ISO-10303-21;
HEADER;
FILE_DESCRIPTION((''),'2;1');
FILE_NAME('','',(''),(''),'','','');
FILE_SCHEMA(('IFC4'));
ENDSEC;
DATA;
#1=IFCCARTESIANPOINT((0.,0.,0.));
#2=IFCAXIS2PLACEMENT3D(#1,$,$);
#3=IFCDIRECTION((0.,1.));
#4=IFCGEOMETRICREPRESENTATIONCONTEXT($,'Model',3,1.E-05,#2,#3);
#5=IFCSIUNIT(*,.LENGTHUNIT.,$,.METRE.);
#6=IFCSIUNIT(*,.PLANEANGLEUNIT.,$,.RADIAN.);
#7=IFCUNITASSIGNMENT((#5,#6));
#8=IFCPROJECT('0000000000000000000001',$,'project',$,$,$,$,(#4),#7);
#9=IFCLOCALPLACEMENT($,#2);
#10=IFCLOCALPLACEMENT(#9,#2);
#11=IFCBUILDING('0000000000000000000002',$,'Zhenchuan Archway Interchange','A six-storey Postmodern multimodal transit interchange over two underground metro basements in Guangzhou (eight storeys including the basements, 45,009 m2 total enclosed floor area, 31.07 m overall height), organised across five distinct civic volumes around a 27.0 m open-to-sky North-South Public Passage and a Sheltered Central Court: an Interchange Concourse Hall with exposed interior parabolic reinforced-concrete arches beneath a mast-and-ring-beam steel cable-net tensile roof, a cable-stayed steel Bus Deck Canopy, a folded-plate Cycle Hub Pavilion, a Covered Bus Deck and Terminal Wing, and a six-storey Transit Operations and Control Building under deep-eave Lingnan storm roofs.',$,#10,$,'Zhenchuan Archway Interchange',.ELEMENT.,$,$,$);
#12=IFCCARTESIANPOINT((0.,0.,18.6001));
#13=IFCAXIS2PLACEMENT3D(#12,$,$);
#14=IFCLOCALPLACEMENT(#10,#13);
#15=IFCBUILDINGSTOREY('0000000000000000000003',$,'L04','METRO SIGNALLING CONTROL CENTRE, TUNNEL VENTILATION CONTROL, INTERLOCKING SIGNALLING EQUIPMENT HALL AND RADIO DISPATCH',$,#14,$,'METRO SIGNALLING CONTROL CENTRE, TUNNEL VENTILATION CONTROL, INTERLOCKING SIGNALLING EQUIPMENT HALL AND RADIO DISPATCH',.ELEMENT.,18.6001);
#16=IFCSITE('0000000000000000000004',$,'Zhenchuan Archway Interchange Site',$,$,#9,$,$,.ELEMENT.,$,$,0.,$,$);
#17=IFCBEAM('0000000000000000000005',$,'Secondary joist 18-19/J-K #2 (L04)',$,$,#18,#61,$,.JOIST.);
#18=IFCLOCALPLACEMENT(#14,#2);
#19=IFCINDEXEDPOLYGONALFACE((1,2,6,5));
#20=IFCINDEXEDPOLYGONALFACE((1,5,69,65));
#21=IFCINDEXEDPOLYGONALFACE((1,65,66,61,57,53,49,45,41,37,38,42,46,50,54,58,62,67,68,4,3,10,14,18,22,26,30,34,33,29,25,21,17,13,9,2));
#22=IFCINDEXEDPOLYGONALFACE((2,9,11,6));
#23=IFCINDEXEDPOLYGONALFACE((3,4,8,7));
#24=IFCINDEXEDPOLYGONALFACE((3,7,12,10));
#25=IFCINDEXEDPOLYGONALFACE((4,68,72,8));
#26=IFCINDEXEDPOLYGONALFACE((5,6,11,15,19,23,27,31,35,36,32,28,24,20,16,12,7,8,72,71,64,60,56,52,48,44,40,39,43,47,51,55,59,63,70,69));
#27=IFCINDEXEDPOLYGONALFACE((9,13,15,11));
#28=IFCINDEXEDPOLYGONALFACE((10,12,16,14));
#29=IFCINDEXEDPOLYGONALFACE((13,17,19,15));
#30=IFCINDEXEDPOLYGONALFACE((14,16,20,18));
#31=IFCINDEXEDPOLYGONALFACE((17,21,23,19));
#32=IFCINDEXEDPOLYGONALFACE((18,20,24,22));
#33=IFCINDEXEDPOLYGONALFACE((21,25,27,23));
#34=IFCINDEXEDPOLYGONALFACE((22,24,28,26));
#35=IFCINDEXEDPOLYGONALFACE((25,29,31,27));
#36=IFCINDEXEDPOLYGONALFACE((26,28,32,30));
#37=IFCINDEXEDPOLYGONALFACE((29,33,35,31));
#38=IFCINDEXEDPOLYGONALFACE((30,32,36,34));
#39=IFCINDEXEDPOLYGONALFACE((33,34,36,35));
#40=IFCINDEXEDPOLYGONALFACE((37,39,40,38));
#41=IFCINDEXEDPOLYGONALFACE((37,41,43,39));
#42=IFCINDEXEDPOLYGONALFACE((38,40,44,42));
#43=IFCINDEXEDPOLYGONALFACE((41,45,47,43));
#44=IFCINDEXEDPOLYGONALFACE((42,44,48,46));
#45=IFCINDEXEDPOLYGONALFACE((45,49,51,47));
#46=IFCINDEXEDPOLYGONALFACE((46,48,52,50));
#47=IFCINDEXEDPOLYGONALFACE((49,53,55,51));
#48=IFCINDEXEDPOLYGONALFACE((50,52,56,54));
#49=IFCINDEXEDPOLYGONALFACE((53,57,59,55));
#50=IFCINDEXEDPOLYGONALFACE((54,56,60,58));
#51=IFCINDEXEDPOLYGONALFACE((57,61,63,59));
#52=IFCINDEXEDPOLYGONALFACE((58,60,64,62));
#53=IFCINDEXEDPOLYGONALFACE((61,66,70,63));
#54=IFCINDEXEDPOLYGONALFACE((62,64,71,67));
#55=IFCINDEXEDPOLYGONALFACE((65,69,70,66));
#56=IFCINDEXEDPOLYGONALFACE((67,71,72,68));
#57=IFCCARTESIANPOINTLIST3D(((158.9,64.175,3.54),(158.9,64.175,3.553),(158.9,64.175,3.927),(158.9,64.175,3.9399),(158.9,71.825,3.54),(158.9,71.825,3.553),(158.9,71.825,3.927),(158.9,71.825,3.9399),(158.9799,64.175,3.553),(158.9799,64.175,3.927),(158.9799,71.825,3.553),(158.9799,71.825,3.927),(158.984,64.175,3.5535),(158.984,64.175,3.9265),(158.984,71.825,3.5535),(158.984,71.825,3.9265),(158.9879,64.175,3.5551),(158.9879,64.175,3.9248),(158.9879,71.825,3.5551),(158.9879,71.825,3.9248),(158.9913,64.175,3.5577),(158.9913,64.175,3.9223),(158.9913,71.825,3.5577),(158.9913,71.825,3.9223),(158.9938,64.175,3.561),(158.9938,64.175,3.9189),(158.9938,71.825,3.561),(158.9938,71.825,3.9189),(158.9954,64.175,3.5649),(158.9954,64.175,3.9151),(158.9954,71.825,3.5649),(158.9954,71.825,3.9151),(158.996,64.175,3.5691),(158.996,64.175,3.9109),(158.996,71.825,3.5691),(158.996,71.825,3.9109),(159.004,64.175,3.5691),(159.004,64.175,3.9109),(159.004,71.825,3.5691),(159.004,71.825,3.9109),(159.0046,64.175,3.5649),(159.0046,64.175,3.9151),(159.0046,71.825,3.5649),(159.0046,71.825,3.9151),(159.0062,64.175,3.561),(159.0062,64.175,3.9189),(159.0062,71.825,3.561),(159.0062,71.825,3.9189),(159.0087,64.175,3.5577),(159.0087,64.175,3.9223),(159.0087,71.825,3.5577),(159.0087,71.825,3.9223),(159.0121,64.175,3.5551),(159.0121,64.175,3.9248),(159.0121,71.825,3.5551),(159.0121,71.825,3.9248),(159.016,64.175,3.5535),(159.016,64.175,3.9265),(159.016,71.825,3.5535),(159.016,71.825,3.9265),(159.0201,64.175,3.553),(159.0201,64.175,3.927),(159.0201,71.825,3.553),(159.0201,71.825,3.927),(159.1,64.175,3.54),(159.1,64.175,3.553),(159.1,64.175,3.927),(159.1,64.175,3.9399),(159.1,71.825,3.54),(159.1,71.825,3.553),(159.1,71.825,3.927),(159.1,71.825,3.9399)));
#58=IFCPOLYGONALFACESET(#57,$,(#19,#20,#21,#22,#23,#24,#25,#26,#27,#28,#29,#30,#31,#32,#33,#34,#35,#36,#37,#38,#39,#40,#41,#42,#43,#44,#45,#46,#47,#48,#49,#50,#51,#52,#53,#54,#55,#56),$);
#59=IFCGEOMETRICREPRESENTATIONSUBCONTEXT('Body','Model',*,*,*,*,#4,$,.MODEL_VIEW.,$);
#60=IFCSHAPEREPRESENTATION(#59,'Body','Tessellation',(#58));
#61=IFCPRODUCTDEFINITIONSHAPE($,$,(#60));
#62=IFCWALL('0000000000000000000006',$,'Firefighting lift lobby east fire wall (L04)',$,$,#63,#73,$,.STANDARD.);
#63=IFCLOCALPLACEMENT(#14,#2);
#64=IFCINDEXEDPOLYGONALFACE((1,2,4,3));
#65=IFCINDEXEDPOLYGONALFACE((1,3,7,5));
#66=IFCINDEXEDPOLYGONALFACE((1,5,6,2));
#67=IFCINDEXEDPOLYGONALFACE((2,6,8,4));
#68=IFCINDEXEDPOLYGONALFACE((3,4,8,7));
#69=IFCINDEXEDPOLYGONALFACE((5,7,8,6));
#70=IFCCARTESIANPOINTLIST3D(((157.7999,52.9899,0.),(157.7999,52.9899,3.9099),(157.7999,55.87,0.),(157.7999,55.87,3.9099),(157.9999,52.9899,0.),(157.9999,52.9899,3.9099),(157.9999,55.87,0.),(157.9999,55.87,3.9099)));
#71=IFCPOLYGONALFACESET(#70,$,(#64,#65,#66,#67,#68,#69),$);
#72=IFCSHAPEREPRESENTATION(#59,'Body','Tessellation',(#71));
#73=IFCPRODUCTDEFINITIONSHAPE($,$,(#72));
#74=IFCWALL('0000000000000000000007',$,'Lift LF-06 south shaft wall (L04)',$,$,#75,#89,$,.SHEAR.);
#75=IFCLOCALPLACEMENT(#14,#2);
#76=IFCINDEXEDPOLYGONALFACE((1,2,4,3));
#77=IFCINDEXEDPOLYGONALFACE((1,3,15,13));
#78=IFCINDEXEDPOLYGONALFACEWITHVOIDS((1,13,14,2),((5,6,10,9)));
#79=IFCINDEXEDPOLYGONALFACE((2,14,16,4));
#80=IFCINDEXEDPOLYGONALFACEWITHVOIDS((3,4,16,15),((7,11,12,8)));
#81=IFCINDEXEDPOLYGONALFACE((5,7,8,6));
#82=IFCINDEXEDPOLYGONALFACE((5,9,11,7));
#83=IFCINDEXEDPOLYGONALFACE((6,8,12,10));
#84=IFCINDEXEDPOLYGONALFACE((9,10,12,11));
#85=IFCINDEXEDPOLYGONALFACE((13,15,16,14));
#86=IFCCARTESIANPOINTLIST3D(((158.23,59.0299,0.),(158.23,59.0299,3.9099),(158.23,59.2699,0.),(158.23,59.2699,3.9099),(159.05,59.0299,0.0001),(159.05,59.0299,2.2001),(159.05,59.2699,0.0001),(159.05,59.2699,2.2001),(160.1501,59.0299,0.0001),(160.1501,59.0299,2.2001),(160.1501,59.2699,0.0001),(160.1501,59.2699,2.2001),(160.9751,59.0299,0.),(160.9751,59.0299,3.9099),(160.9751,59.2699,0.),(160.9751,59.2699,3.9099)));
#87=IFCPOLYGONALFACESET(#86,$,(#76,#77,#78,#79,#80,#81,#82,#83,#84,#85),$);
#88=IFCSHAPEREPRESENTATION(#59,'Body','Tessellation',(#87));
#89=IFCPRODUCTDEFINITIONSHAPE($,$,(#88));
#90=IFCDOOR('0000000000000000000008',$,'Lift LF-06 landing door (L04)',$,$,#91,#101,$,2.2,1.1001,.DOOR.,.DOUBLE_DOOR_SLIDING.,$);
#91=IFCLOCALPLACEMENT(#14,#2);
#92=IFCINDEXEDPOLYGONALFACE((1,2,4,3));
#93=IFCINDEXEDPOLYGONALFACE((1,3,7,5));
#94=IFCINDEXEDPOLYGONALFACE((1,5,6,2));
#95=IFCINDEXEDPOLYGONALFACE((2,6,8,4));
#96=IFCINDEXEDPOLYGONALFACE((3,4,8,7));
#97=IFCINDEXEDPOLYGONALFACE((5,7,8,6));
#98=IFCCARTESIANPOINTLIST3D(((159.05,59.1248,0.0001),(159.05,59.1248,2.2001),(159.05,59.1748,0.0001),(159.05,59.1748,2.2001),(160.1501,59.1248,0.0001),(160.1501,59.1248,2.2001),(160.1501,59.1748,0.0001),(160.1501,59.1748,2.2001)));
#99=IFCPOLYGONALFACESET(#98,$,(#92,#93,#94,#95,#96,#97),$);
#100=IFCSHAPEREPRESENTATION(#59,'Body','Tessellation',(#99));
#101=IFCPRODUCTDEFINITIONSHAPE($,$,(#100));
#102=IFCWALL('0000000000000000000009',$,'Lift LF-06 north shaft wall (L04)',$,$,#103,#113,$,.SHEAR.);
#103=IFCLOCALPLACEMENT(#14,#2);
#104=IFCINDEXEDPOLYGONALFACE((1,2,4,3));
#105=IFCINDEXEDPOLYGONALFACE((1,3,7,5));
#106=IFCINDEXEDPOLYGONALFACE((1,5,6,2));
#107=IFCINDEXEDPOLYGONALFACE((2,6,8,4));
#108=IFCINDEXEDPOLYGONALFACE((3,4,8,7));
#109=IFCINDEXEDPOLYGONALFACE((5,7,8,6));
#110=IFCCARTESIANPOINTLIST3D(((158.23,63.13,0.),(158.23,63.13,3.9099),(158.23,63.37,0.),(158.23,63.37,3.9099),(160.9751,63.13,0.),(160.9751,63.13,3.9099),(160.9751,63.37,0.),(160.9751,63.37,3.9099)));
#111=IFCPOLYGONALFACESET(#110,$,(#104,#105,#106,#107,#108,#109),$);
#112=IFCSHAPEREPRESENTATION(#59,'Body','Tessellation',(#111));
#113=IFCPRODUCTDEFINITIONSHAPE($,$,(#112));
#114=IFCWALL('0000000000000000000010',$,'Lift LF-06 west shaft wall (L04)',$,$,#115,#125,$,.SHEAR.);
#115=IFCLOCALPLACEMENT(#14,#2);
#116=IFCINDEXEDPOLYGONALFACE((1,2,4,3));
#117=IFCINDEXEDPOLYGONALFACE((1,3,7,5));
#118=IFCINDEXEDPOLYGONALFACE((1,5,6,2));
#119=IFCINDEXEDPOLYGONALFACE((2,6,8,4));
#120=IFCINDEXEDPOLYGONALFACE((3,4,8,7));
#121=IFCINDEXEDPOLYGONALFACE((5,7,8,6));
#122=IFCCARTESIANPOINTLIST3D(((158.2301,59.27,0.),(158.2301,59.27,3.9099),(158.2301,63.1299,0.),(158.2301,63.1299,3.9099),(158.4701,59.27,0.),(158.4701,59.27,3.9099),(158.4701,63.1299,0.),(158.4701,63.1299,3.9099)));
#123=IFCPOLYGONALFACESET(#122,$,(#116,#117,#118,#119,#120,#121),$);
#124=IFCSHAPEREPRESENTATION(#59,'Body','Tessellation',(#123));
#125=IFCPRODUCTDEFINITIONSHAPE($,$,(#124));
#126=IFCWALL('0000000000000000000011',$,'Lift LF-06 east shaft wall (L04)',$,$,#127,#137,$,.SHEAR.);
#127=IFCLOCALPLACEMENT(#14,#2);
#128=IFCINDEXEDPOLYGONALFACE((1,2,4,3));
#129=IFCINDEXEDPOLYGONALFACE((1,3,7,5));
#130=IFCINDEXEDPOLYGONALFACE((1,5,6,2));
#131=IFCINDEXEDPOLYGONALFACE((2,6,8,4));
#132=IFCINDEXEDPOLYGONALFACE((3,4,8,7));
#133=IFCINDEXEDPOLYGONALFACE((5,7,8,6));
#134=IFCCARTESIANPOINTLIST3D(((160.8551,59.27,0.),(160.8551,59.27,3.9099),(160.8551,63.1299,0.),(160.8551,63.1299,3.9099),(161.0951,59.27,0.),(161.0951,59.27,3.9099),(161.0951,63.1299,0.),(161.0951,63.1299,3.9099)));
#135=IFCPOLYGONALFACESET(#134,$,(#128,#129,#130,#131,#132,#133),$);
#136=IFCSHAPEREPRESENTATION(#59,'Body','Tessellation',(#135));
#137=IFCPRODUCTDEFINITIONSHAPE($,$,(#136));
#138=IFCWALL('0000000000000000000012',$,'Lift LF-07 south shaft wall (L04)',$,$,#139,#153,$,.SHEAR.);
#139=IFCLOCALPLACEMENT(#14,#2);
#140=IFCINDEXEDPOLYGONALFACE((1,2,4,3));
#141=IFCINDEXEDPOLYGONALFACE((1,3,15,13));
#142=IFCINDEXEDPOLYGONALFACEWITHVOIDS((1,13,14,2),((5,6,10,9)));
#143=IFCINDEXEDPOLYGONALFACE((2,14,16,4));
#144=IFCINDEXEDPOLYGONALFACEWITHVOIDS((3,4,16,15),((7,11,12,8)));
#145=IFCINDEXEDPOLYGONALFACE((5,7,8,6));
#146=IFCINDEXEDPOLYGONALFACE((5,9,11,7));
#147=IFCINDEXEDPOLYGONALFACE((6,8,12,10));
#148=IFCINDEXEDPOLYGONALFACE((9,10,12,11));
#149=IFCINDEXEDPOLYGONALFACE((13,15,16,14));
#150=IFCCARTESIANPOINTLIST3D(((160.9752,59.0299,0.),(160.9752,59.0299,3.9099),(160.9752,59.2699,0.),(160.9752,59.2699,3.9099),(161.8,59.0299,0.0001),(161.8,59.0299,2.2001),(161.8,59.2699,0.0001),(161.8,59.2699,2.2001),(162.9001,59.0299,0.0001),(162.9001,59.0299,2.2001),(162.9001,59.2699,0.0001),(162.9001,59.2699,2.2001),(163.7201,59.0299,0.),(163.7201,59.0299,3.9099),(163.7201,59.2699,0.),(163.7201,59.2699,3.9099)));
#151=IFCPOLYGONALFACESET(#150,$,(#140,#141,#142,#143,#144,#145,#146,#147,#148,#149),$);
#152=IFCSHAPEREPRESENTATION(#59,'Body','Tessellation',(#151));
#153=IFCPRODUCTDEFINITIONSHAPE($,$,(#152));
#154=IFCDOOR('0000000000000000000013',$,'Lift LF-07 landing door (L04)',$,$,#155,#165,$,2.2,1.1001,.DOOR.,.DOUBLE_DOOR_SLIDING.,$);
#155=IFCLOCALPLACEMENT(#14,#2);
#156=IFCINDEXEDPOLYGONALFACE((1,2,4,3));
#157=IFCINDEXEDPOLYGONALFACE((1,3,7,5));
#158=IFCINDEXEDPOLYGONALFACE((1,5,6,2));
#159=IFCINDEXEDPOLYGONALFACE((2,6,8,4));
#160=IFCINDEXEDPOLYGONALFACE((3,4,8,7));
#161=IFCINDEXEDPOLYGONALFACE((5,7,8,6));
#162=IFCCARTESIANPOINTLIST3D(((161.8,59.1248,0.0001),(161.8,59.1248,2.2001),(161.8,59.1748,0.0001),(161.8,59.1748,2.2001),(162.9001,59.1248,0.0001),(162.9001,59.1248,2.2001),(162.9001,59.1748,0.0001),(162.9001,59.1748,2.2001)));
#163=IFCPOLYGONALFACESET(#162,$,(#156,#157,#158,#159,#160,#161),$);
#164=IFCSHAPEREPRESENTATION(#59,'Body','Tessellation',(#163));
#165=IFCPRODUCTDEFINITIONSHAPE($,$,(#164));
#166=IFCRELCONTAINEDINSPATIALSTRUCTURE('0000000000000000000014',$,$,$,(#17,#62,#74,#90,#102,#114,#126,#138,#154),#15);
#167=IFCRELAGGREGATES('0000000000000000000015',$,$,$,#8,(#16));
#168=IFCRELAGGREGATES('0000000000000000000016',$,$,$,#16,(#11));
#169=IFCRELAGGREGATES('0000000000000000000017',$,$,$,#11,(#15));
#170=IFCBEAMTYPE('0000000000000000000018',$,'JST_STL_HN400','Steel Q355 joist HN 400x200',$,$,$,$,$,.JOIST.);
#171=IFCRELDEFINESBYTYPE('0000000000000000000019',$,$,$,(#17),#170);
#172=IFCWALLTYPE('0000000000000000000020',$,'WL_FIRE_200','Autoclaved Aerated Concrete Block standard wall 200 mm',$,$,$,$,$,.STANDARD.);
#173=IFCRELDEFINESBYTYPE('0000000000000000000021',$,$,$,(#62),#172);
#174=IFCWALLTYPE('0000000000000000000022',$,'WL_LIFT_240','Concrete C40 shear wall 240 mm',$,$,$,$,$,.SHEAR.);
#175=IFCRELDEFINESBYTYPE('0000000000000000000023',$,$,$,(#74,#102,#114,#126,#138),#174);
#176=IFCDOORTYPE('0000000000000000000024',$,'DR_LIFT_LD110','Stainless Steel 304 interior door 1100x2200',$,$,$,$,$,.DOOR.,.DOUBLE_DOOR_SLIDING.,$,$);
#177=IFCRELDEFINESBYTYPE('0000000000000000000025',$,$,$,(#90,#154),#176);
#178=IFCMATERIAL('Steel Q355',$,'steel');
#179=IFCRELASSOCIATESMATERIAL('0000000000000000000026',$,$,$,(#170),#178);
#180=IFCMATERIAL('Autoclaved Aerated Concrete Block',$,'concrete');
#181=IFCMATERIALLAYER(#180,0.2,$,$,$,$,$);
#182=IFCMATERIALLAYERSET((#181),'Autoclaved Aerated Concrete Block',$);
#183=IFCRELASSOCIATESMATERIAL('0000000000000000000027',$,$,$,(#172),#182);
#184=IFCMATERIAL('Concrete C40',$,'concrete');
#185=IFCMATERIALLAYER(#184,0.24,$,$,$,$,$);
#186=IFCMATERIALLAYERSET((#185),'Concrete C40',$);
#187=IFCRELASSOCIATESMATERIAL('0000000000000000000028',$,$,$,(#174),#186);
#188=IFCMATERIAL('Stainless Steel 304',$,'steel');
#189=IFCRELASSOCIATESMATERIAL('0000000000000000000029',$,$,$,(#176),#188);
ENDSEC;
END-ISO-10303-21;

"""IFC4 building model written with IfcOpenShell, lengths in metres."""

from ifc_helpers import new_model, si_unit, direction, frame, frame_2d, origin, origin_2d, place, context, subcontext, project, spatial, rectangle, i_section, extrude, material, layer, layer_set, material_profile, profile_set, type_object, element, fill, save


model = new_model("IFC4")

# Units and contexts
model_context = context("Model", 3, precision=1e-05, world=origin(), true_north=direction((0.0, 1.0)))
body_context = subcontext(model_context, "Body", "Model", "MODEL_VIEW")
ifc_project = project(units=[si_unit("LENGTHUNIT", "METRE"), si_unit("PLANEANGLEUNIT", "RADIAN")], contexts=[model_context])

# Site, building, storey
site_placement = place(None, origin())
site = spatial("IfcSite", under=ifc_project, at=site_placement, Name="Zhenchuan Archway Interchange Site", CompositionType="ELEMENT", RefElevation=0.0)
building_placement = place(site_placement, origin())
building = spatial("IfcBuilding", under=site, at=building_placement, Name="Zhenchuan Archway Interchange", Description="A six-storey Postmodern multimodal transit interchange over two underground metro basements in Guangzhou (eight storeys including the basements, 45,009 m2 total enclosed floor area, 31.07 m overall height), organised across five distinct civic volumes around a 27.0 m open-to-sky North-South Public Passage and a Sheltered Central Court: an Interchange Concourse Hall with exposed interior parabolic reinforced-concrete arches beneath a mast-and-ring-beam steel cable-net tensile roof, a cable-stayed steel Bus Deck Canopy, a folded-plate Cycle Hub Pavilion, a Covered Bus Deck and Terminal Wing, and a six-storey Transit Operations and Control Building under deep-eave Lingnan storm roofs.", LongName="Zhenchuan Archway Interchange", CompositionType="ELEMENT")
storey_placement = place(building_placement, frame((0.0, 0.0, 18.6001)))
storey = spatial("IfcBuildingStorey", under=building, at=storey_placement, Name="L04", Description="METRO SIGNALLING CONTROL CENTRE, TUNNEL VENTILATION CONTROL, INTERLOCKING SIGNALLING EQUIPMENT HALL AND RADIO DISPATCH", LongName="METRO SIGNALLING CONTROL CENTRE, TUNNEL VENTILATION CONTROL, INTERLOCKING SIGNALLING EQUIPMENT HALL AND RADIO DISPATCH", CompositionType="ELEMENT", Elevation=18.6001)

# Shared definitions
ifc_material_1 = material(Name="Concrete C40", Category="concrete")

# Beam
ifc_material_2 = material(Name="Steel Q355", Category="steel")
ifc_material_profile_1 = material_profile(ifc_material_2, i_section(OverallWidth=0.2, OverallDepth=0.3999, WebThickness=0.0081, FlangeThickness=0.0129, FilletRadius=0.0161, at=origin_2d()), Name="HN 400x200")
ifc_profile_set_1 = profile_set([ifc_material_profile_1], Name="Steel Q355")
beam_type_1 = type_object("IfcBeamType", Name="JST_STL_HN400", Description="Steel Q355 joist HN 400x200", PredefinedType="JOIST", material=ifc_profile_set_1)
for number, where, z_axis, x_axis, name in (
    (1, (159.0, 64.175, 3.74), (0.0, 1.0, 0.0), (-1.0, 0.0, 0.0), "Secondary joist 18-19/J-K #2 (L04)"),
):
    element("IfcBeam", number, at=place(storey_placement, frame(where, z_axis=z_axis, x_axis=x_axis)), inside=storey, type_object=beam_type_1, Name=name, PredefinedType="JOIST", context=body_context, shape_type="SweptSolid", body=[
        extrude(i_section(OverallWidth=0.2, OverallDepth=0.3999, WebThickness=0.0081, FlangeThickness=0.0129, FilletRadius=0.0161, at=origin_2d()), origin(), (0.0, 0.0, 1.0), 7.6499),
    ])

# Wall
ifc_material_3 = material(Name="Autoclaved Aerated Concrete Block", Category="concrete")
ifc_layer_1 = layer(ifc_material_3, 0.2)
ifc_layer_set_1 = layer_set([ifc_layer_1], Name="Autoclaved Aerated Concrete Block")
wall_type_1 = type_object("IfcWallType", Name="WL_FIRE_200", Description="Autoclaved Aerated Concrete Block standard wall 200 mm", PredefinedType="STANDARD", material=ifc_layer_set_1)
wall_1_placement = place(storey_placement, frame((157.8999, 52.99, 0.0), z_axis=(0.0, 0.0, 1.0), x_axis=(0.0, 1.0, 0.0)))
element("IfcWall", 2, at=wall_1_placement, inside=storey, type_object=wall_type_1, Name="Firefighting lift lobby east fire wall (L04)", PredefinedType="STANDARD", context=body_context, shape_type="SweptSolid", body=[
    extrude(rectangle(XDim=2.8801, YDim=0.2, at=frame_2d((1.4399, 0.0))), origin(), (0.0, 0.0, 1.0), 3.9099),
])

# Wall, opening, door
ifc_layer_2 = layer(ifc_material_1, 0.24)
ifc_layer_set_2 = layer_set([ifc_layer_2], Name="Concrete C40")
wall_type_2 = type_object("IfcWallType", Name="WL_LIFT_240", Description="Concrete C40 shear wall 240 mm", PredefinedType="SHEAR", material=ifc_layer_set_2)
wall_2_placement = place(storey_placement, frame((158.23, 59.1499, 0.0), z_axis=(0.0, 0.0, 1.0), x_axis=(1.0, 0.0, 0.0)))
wall_2 = element("IfcWall", 3, at=wall_2_placement, inside=storey, type_object=wall_type_2, Name="Lift LF-06 south shaft wall (L04)", PredefinedType="SHEAR", context=body_context, shape_type="SweptSolid", body=[
    extrude(rectangle(XDim=2.7451, YDim=0.24, at=frame_2d((1.3726, 0.0))), origin(), (0.0, 0.0, 1.0), 3.9099),
])
opening_1_placement = place(wall_2_placement, frame((0.8201, 0.0, 0.0)))
opening_1 = element("IfcOpeningElement", 4, at=opening_1_placement, cuts=wall_2, PredefinedType="OPENING", context=body_context, shape_type="SweptSolid", body=[
    extrude(rectangle(XDim=1.1001, YDim=2.2, at=frame_2d((0.55, 1.1001))), frame((0.0, 0.1318, 0.0), z_axis=(0.0, -1.0, 0.0), x_axis=(1.0, 0.0, 0.0)), (0.0, 0.0, 1.0), 0.2639),
])
ifc_material_4 = material(Name="Stainless Steel 304", Category="steel")
door_type_1 = type_object("IfcDoorType", Name="DR_LIFT_LD110", Description="Stainless Steel 304 interior door 1100x2200", OperationType="DOUBLE_DOOR_SLIDING", PredefinedType="DOOR", material=ifc_material_4)
door_1_placement = place(opening_1_placement, origin())
door_1 = element("IfcDoor", 5, at=door_1_placement, inside=storey, type_object=door_type_1, Name="Lift LF-06 landing door (L04)", OperationType="DOUBLE_DOOR_SLIDING", OverallHeight=2.2, OverallWidth=1.1001, PredefinedType="DOOR", context=body_context, shape_type="SweptSolid", body=[
    extrude(rectangle(XDim=1.1001, YDim=2.2, at=frame_2d((0.55, 1.1001))), frame((0.0, 0.0249, 0.0), z_axis=(0.0, -1.0, 0.0), x_axis=(1.0, 0.0, 0.0)), (0.0, 0.0, 1.0), 0.05),
])
fill(opening_1, door_1)

# Walls
wall_3_placement = place(storey_placement, frame((160.9751, 63.25, 0.0), z_axis=(0.0, 0.0, 1.0), x_axis=(-1.0, 0.0, 0.0)))
element("IfcWall", 6, at=wall_3_placement, inside=storey, type_object=wall_type_2, Name="Lift LF-06 north shaft wall (L04)", PredefinedType="SHEAR", context=body_context, shape_type="SweptSolid", body=[
    extrude(rectangle(XDim=2.7451, YDim=0.24, at=frame_2d((1.3726, 0.0))), origin(), (0.0, 0.0, 1.0), 3.9099),
])
for number, where, z_axis, x_axis, name in (
    (7, (158.3501, 63.1299, 0.0), (0.0, 0.0, 1.0), (0.0, -1.0, 0.0), "Lift LF-06 west shaft wall (L04)"),
    (8, (160.9751, 59.27, 0.0), (0.0, 0.0, 1.0), (0.0, 1.0, 0.0), "Lift LF-06 east shaft wall (L04)"),
):
    element("IfcWall", number, at=place(storey_placement, frame(where, z_axis=z_axis, x_axis=x_axis)), inside=storey, type_object=wall_type_2, Name=name, PredefinedType="SHEAR", context=body_context, shape_type="SweptSolid", body=[
        extrude(rectangle(XDim=3.8599, YDim=0.24, at=frame_2d((1.9299, 0.0))), origin(), (0.0, 0.0, 1.0), 3.9099),
    ])

# Wall, opening, door
wall_4_placement = place(storey_placement, frame((160.9751, 59.1499, 0.0), z_axis=(0.0, 0.0, 1.0), x_axis=(1.0, 0.0, 0.0)))
wall_4 = element("IfcWall", 9, at=wall_4_placement, inside=storey, type_object=wall_type_2, Name="Lift LF-07 south shaft wall (L04)", PredefinedType="SHEAR", context=body_context, shape_type="SweptSolid", body=[
    extrude(rectangle(XDim=2.7449, YDim=0.24, at=frame_2d((1.3726, 0.0))), origin(), (0.0, 0.0, 1.0), 3.9099),
])
opening_2_placement = place(wall_4_placement, frame((0.825, 0.0, 0.0)))
opening_2 = element("IfcOpeningElement", 10, at=opening_2_placement, cuts=wall_4, PredefinedType="OPENING", context=body_context, shape_type="SweptSolid", body=[
    extrude(rectangle(XDim=1.1001, YDim=2.2, at=frame_2d((0.55, 1.1001))), frame((0.0, 0.1318, 0.0), z_axis=(0.0, -1.0, 0.0), x_axis=(1.0, 0.0, 0.0)), (0.0, 0.0, 1.0), 0.2639),
])
door_2_placement = place(opening_2_placement, origin())
door_2 = element("IfcDoor", 11, at=door_2_placement, inside=storey, type_object=door_type_1, Name="Lift LF-07 landing door (L04)", OperationType="DOUBLE_DOOR_SLIDING", OverallHeight=2.2, OverallWidth=1.1001, PredefinedType="DOOR", context=body_context, shape_type="SweptSolid", body=[
    extrude(rectangle(XDim=1.1001, YDim=2.2, at=frame_2d((0.55, 1.1001))), frame((0.0, 0.0249, 0.0), z_axis=(0.0, -1.0, 0.0), x_axis=(1.0, 0.0, 0.0)), (0.0, 0.0, 1.0), 0.05),
])
fill(opening_2, door_2)

save(model, "model.ifc")
